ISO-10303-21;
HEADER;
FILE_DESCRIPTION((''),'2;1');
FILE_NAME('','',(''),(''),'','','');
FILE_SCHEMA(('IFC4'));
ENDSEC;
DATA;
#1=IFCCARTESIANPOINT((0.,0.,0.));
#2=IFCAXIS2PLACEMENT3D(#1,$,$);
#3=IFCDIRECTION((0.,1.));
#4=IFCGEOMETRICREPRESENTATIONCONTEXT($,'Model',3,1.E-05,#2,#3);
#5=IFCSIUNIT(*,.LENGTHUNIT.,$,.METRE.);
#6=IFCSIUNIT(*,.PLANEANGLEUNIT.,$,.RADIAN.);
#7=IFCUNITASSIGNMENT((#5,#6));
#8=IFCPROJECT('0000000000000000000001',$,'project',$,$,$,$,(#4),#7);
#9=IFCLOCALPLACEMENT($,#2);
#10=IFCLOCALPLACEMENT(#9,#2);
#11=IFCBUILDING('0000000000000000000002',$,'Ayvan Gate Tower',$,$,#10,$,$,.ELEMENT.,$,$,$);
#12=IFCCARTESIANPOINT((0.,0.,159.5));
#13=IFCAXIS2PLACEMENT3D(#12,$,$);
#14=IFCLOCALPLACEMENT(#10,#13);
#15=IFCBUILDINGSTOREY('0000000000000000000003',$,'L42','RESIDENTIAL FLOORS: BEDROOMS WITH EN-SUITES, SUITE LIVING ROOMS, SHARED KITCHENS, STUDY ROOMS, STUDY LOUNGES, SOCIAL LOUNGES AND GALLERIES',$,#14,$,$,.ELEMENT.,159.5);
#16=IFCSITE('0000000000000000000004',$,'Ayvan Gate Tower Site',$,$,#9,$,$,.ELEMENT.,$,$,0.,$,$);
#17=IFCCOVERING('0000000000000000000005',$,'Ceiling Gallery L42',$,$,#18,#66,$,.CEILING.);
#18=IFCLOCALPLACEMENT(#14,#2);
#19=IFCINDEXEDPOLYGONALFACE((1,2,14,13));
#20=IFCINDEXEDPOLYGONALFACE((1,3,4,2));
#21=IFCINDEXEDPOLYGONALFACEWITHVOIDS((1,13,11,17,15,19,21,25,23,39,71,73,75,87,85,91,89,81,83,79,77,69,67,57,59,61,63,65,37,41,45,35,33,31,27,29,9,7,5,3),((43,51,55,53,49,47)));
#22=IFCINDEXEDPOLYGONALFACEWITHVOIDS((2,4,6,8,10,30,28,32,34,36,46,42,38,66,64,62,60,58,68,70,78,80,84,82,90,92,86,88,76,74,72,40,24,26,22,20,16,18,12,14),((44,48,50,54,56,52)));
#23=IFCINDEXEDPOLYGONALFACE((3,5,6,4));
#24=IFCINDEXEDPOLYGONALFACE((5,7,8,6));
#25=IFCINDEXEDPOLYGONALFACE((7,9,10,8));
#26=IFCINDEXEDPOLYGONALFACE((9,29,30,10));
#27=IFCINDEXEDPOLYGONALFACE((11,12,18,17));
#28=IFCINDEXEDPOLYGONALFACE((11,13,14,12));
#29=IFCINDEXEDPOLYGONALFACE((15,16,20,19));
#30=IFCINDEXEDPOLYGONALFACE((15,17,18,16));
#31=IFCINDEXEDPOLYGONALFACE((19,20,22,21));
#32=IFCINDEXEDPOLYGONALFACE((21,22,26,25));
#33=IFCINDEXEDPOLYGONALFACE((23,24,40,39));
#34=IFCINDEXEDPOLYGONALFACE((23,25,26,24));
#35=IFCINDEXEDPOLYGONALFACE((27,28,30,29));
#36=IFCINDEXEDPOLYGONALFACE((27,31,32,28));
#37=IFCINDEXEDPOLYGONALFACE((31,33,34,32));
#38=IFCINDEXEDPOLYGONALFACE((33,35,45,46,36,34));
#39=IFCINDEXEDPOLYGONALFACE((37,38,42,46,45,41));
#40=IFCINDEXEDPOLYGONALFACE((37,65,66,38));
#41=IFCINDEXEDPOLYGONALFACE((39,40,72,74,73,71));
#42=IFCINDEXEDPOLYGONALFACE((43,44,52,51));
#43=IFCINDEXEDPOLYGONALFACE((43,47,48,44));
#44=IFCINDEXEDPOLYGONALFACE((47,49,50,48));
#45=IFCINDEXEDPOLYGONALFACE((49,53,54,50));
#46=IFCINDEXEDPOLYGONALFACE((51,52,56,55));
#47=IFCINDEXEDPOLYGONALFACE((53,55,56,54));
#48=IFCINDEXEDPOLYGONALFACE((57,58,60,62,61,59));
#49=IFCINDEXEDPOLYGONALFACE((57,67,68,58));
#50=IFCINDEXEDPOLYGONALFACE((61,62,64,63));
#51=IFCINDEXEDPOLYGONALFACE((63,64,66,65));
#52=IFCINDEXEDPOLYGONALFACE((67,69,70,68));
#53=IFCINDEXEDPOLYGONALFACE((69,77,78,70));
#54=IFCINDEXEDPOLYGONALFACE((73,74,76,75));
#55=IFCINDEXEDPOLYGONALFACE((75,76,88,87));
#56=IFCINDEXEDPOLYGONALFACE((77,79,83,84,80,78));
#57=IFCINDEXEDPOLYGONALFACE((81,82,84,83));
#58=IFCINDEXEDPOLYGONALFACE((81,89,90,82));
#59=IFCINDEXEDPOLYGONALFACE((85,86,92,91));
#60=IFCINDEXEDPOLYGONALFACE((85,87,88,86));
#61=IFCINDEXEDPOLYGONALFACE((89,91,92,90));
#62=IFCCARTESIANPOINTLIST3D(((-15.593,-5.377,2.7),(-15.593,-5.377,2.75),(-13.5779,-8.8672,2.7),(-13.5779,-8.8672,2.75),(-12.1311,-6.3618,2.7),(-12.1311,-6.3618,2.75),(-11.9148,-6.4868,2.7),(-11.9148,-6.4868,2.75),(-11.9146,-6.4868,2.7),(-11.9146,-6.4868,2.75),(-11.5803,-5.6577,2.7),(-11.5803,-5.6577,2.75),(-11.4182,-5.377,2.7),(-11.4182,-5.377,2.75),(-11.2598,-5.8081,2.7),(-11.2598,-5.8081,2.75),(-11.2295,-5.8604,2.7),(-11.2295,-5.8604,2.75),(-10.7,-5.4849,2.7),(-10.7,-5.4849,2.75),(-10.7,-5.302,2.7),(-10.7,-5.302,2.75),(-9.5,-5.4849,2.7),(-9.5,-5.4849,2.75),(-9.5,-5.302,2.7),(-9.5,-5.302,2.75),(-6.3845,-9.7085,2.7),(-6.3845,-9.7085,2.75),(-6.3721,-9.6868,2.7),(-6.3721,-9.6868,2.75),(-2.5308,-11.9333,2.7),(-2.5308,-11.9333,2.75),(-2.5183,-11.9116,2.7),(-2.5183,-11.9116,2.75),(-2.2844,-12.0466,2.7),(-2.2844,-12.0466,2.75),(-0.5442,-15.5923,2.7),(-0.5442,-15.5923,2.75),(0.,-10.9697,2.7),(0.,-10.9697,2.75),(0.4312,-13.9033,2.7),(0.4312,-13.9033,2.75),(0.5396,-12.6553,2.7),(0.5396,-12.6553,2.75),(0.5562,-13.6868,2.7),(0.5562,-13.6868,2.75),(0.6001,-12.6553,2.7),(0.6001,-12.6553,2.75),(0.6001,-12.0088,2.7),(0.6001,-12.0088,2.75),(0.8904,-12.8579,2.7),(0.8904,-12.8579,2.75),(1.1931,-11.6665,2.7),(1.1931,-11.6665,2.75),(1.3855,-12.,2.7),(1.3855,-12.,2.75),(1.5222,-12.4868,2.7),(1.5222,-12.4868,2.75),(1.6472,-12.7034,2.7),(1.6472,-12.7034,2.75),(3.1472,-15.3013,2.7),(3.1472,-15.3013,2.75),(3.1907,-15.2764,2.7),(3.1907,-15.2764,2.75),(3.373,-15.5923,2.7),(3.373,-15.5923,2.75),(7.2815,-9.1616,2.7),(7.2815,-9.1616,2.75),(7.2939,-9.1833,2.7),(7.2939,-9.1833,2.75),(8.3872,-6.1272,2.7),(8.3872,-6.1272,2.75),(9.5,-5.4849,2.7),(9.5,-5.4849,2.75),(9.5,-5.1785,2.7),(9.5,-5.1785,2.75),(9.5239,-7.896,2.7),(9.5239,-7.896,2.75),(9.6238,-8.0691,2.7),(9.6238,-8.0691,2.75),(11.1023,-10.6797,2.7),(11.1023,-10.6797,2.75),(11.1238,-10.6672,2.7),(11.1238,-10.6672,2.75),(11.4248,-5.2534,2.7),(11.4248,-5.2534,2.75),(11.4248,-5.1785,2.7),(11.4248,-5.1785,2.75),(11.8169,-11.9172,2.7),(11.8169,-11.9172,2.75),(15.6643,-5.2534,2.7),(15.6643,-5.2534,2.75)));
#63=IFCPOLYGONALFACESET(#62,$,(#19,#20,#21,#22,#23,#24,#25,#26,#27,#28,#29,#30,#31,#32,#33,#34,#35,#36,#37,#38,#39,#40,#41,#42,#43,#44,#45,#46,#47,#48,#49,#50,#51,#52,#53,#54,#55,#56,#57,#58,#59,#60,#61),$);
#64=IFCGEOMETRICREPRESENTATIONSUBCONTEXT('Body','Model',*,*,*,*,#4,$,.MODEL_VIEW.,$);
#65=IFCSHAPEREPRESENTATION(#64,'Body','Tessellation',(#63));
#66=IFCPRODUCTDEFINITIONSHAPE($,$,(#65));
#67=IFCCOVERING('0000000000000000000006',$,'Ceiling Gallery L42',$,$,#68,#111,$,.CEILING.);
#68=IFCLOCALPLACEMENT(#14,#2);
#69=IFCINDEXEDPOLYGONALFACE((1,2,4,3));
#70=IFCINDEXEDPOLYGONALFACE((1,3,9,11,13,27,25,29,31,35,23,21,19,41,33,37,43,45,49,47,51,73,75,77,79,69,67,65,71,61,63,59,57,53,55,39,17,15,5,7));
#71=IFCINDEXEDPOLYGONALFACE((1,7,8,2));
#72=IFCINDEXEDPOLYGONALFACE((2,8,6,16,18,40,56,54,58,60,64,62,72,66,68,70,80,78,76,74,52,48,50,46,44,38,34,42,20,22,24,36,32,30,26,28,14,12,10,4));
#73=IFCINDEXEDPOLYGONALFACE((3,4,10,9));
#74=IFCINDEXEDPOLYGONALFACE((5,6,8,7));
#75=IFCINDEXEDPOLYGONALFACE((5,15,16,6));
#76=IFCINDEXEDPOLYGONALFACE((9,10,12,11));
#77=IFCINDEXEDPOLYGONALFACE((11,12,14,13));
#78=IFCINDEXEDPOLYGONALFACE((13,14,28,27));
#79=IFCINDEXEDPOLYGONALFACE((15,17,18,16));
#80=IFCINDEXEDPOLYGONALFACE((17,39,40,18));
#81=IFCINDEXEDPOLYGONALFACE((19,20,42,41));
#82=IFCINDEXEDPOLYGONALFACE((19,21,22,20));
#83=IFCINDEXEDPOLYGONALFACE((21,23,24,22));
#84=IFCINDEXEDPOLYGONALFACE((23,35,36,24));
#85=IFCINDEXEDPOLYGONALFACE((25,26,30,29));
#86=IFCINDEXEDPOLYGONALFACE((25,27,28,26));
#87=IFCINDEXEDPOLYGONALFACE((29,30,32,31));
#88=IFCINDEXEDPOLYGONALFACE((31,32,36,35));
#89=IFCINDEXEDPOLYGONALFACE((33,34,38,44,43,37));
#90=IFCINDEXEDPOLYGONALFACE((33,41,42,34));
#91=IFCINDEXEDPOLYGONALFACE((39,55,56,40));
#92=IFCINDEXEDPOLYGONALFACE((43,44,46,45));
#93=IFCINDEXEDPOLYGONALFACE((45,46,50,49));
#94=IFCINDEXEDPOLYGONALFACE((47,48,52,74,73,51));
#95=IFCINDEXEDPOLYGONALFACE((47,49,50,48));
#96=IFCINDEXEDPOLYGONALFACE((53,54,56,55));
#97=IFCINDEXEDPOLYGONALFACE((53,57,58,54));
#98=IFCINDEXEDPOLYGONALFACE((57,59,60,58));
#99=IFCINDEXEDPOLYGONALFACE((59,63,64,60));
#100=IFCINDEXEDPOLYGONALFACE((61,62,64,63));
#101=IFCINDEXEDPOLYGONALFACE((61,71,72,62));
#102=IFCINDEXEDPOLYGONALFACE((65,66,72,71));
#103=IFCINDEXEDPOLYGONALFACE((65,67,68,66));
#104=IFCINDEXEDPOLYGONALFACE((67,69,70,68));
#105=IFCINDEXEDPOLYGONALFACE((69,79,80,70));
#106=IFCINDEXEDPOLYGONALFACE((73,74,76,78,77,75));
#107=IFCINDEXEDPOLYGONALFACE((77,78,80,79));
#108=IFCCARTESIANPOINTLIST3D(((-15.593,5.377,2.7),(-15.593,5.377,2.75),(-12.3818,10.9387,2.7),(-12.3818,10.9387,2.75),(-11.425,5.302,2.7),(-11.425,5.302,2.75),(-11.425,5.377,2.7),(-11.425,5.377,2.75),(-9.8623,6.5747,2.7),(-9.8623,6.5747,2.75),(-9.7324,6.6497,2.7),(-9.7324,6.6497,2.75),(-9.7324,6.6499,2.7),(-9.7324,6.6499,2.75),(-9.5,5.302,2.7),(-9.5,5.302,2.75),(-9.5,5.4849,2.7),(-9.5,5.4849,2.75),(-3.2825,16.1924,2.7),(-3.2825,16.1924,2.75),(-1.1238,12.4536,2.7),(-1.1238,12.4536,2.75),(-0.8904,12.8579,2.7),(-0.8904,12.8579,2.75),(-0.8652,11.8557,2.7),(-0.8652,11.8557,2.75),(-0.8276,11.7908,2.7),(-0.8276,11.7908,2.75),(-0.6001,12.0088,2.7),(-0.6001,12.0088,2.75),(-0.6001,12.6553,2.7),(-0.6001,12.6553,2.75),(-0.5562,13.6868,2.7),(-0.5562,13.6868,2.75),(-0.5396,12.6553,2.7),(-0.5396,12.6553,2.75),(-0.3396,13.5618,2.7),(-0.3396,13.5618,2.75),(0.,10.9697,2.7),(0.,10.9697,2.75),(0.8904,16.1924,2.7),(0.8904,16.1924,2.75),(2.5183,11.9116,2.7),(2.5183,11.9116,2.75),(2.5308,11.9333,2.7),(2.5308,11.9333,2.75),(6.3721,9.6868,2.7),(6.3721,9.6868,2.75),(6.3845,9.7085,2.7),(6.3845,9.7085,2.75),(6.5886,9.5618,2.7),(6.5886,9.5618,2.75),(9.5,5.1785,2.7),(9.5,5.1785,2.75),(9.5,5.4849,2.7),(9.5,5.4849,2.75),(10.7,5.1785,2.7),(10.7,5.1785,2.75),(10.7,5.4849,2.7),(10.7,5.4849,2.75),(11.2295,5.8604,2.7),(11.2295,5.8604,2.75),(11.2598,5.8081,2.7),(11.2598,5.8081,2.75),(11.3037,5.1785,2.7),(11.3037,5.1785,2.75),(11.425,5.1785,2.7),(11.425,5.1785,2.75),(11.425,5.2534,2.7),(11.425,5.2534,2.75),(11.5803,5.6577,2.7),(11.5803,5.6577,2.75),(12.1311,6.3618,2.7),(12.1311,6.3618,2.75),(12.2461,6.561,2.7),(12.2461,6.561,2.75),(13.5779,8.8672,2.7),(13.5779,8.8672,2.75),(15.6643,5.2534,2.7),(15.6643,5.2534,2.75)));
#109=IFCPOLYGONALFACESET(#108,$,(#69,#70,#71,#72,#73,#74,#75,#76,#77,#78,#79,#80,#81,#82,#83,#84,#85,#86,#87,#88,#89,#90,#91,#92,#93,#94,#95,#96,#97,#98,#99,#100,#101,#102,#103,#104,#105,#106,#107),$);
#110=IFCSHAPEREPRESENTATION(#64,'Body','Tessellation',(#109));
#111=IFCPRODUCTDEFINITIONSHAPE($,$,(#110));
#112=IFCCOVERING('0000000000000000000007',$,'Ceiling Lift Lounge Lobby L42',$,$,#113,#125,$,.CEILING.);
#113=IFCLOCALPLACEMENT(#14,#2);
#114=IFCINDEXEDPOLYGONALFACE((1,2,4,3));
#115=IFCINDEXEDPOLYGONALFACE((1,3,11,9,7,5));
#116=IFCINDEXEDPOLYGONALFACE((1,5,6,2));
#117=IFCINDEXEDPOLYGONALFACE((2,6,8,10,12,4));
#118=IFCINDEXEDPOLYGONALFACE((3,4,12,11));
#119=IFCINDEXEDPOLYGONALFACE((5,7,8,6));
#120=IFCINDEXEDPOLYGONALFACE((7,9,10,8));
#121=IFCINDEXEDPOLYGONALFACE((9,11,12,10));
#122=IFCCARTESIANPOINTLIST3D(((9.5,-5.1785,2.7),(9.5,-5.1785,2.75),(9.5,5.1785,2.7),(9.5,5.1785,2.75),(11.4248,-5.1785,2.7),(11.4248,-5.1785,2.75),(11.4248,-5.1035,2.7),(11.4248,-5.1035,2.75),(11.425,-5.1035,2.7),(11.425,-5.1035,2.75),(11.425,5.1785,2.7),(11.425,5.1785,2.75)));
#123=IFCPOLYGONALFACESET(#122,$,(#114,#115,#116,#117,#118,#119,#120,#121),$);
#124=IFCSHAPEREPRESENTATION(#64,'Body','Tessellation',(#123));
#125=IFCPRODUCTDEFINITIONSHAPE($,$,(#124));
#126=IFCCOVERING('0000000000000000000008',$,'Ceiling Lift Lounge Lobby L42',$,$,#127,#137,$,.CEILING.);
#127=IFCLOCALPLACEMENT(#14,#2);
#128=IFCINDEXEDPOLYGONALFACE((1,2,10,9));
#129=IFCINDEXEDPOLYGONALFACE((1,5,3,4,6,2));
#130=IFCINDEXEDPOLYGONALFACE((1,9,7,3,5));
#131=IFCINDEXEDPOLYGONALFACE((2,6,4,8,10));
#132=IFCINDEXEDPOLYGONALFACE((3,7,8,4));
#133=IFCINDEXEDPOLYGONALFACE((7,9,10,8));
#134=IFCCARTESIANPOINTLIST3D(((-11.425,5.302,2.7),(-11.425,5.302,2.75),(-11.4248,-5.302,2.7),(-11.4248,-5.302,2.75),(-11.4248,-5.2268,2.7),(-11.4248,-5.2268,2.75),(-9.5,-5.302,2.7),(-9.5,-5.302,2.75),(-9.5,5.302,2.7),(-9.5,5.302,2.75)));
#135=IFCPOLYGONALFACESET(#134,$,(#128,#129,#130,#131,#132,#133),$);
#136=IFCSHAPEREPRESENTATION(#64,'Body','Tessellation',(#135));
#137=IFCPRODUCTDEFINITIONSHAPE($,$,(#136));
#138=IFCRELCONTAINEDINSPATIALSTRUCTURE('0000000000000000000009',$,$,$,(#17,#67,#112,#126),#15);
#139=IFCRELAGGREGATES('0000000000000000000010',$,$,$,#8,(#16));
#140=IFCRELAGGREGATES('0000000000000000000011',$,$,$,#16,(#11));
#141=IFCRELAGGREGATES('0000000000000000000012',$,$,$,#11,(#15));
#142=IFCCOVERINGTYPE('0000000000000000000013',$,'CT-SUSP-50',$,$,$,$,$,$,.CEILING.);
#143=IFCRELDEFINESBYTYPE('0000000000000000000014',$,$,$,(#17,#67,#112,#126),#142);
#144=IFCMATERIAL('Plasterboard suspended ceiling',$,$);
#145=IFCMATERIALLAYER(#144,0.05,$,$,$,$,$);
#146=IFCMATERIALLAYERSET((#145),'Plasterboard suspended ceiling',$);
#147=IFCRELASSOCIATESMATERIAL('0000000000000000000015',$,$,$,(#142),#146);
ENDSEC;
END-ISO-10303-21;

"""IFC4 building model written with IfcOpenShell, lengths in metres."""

from ifc_helpers import new_model, si_unit, direction, frame, origin, place, context, subcontext, project, spatial, polyline, outline, extrude, material, layer, layer_set, type_object, element, save


model = new_model("IFC4")

# Units and contexts
model_context = context("Model", 3, precision=1e-05, world=origin(), true_north=direction((0.0, 1.0)))
body_context = subcontext(model_context, "Body", "Model", "MODEL_VIEW")
ifc_project = project(units=[si_unit("LENGTHUNIT", "METRE"), si_unit("PLANEANGLEUNIT", "RADIAN")], contexts=[model_context])

# Site, building, storey
site_placement = place(None, origin())
site = spatial("IfcSite", under=ifc_project, at=site_placement, Name="Ayvan Gate Tower Site", CompositionType="ELEMENT", RefElevation=0.0)
building_placement = place(site_placement, origin())
building = spatial("IfcBuilding", under=site, at=building_placement, Name="Ayvan Gate Tower", CompositionType="ELEMENT")
storey_placement = place(building_placement, frame((0.0, 0.0, 159.5)))
storey = spatial("IfcBuildingStorey", under=building, at=storey_placement, Name="L42", Description="RESIDENTIAL FLOORS: BEDROOMS WITH EN-SUITES, SUITE LIVING ROOMS, SHARED KITCHENS, STUDY ROOMS, STUDY LOUNGES, SOCIAL LOUNGES AND GALLERIES", CompositionType="ELEMENT", Elevation=159.5)

# Coverings
ifc_material_1 = material(Name="Plasterboard suspended ceiling")
ifc_layer_1 = layer(ifc_material_1, 0.05)
ifc_layer_set_1 = layer_set([ifc_layer_1], Name="Plasterboard suspended ceiling")
covering_type = type_object("IfcCoveringType", Name="CT-SUSP-50", PredefinedType="CEILING", material=ifc_layer_set_1)
covering_1_placement = place(storey_placement, frame((0.0, 0.0, 2.7)))
element("IfcCovering", 1, at=covering_1_placement, inside=storey, type_object=covering_type, Name="Ceiling Gallery L42", PredefinedType="CEILING", context=body_context, shape_type="SweptSolid", body=[
    extrude(outline(polyline([(-11.9148, -6.4868), (-12.1311, -6.3618), (-13.5779, -8.8672), (-15.593, -5.377), (-11.4182, -5.377), (-11.5803, -5.6577), (-11.2295, -5.8604), (-11.2598, -5.8081), (-10.7, -5.4849), (-10.7, -5.302), (-9.5, -5.302), (-9.5, -5.4849), (0.0, -10.9697), (8.3872, -6.1272), (9.5, -5.4849), (9.5, -5.1785), (11.4248, -5.1785), (11.4248, -5.2534), (15.6643, -5.2534), (11.8169, -11.9172), (11.1023, -10.6797), (11.1238, -10.6672), (9.6238, -8.0691), (9.5239, -7.896), (7.2939, -9.1833), (7.2815, -9.1616), (1.5222, -12.4868), (1.6472, -12.7034), (3.1472, -15.3013), (3.1907, -15.2764), (3.373, -15.5923), (-0.5442, -15.5923), (0.4312, -13.9033), (0.5562, -13.6868), (-2.2844, -12.0466), (-2.5183, -11.9116), (-2.5308, -11.9333), (-6.3845, -9.7085), (-6.3721, -9.6868), (-11.9146, -6.4868), (-11.9148, -6.4868)]), holes=[polyline([(1.3855, -12.0), (1.1931, -11.6665), (0.6001, -12.0088), (0.6001, -12.6553), (0.5396, -12.6553), (0.8904, -12.8579), (1.3855, -12.0)])]), origin(), (0.0, 0.0, 1.0), 0.05),
])
covering_2_placement = place(storey_placement, frame((0.0, 0.0, 2.7)))
element("IfcCovering", 2, at=covering_2_placement, inside=storey, type_object=covering_type, Name="Ceiling Gallery L42", PredefinedType="CEILING", context=body_context, shape_type="SweptSolid", body=[
    extrude(outline(polyline([(-9.7324, 6.6497), (-9.7324, 6.6499), (-0.8276, 11.7908), (-0.8652, 11.8557), (-0.6001, 12.0088), (-0.6001, 12.6553), (-0.5396, 12.6553), (-0.8904, 12.8579), (-1.1238, 12.4536), (-3.2825, 16.1924), (0.8904, 16.1924), (-0.5562, 13.6868), (-0.3396, 13.5618), (2.5183, 11.9116), (2.5308, 11.9333), (6.3845, 9.7085), (6.3721, 9.6868), (6.5886, 9.5618), (12.1311, 6.3618), (12.2461, 6.561), (13.5779, 8.8672), (15.6643, 5.2534), (11.425, 5.2534), (11.425, 5.1785), (11.3037, 5.1785), (11.5803, 5.6577), (11.2295, 5.8604), (11.2598, 5.8081), (10.7, 5.4849), (10.7, 5.1785), (9.5, 5.1785), (9.5, 5.4849), (0.0, 10.9697), (-9.5, 5.4849), (-9.5, 5.302), (-11.425, 5.302), (-11.425, 5.377), (-15.593, 5.377), (-12.3818, 10.9387), (-9.8623, 6.5747), (-9.7324, 6.6497)])), origin(), (0.0, 0.0, 1.0), 0.05),
])
covering_3_placement = place(storey_placement, frame((0.0, 0.0, 2.7)))
element("IfcCovering", 3, at=covering_3_placement, inside=storey, type_object=covering_type, Name="Ceiling Lift Lounge Lobby L42", PredefinedType="CEILING", context=body_context, shape_type="SweptSolid", body=[
    extrude(outline(polyline([(11.4248, -5.1785), (9.5, -5.1785), (9.5, 5.1785), (11.425, 5.1785), (11.425, -5.1035), (11.4248, -5.1035), (11.4248, -5.1785)])), origin(), (0.0, 0.0, 1.0), 0.05),
])
covering_4_placement = place(storey_placement, frame((0.0, 0.0, 2.7)))
element("IfcCovering", 4, at=covering_4_placement, inside=storey, type_object=covering_type, Name="Ceiling Lift Lounge Lobby L42", PredefinedType="CEILING", context=body_context, shape_type="SweptSolid", body=[
    extrude(outline(polyline([(-11.4248, -5.2268), (-11.425, 5.302), (-9.5, 5.302), (-9.5, -5.302), (-11.4248, -5.302), (-11.4248, -5.2268)])), origin(), (0.0, 0.0, 1.0), 0.05),
])

save(model, "model.ifc")
